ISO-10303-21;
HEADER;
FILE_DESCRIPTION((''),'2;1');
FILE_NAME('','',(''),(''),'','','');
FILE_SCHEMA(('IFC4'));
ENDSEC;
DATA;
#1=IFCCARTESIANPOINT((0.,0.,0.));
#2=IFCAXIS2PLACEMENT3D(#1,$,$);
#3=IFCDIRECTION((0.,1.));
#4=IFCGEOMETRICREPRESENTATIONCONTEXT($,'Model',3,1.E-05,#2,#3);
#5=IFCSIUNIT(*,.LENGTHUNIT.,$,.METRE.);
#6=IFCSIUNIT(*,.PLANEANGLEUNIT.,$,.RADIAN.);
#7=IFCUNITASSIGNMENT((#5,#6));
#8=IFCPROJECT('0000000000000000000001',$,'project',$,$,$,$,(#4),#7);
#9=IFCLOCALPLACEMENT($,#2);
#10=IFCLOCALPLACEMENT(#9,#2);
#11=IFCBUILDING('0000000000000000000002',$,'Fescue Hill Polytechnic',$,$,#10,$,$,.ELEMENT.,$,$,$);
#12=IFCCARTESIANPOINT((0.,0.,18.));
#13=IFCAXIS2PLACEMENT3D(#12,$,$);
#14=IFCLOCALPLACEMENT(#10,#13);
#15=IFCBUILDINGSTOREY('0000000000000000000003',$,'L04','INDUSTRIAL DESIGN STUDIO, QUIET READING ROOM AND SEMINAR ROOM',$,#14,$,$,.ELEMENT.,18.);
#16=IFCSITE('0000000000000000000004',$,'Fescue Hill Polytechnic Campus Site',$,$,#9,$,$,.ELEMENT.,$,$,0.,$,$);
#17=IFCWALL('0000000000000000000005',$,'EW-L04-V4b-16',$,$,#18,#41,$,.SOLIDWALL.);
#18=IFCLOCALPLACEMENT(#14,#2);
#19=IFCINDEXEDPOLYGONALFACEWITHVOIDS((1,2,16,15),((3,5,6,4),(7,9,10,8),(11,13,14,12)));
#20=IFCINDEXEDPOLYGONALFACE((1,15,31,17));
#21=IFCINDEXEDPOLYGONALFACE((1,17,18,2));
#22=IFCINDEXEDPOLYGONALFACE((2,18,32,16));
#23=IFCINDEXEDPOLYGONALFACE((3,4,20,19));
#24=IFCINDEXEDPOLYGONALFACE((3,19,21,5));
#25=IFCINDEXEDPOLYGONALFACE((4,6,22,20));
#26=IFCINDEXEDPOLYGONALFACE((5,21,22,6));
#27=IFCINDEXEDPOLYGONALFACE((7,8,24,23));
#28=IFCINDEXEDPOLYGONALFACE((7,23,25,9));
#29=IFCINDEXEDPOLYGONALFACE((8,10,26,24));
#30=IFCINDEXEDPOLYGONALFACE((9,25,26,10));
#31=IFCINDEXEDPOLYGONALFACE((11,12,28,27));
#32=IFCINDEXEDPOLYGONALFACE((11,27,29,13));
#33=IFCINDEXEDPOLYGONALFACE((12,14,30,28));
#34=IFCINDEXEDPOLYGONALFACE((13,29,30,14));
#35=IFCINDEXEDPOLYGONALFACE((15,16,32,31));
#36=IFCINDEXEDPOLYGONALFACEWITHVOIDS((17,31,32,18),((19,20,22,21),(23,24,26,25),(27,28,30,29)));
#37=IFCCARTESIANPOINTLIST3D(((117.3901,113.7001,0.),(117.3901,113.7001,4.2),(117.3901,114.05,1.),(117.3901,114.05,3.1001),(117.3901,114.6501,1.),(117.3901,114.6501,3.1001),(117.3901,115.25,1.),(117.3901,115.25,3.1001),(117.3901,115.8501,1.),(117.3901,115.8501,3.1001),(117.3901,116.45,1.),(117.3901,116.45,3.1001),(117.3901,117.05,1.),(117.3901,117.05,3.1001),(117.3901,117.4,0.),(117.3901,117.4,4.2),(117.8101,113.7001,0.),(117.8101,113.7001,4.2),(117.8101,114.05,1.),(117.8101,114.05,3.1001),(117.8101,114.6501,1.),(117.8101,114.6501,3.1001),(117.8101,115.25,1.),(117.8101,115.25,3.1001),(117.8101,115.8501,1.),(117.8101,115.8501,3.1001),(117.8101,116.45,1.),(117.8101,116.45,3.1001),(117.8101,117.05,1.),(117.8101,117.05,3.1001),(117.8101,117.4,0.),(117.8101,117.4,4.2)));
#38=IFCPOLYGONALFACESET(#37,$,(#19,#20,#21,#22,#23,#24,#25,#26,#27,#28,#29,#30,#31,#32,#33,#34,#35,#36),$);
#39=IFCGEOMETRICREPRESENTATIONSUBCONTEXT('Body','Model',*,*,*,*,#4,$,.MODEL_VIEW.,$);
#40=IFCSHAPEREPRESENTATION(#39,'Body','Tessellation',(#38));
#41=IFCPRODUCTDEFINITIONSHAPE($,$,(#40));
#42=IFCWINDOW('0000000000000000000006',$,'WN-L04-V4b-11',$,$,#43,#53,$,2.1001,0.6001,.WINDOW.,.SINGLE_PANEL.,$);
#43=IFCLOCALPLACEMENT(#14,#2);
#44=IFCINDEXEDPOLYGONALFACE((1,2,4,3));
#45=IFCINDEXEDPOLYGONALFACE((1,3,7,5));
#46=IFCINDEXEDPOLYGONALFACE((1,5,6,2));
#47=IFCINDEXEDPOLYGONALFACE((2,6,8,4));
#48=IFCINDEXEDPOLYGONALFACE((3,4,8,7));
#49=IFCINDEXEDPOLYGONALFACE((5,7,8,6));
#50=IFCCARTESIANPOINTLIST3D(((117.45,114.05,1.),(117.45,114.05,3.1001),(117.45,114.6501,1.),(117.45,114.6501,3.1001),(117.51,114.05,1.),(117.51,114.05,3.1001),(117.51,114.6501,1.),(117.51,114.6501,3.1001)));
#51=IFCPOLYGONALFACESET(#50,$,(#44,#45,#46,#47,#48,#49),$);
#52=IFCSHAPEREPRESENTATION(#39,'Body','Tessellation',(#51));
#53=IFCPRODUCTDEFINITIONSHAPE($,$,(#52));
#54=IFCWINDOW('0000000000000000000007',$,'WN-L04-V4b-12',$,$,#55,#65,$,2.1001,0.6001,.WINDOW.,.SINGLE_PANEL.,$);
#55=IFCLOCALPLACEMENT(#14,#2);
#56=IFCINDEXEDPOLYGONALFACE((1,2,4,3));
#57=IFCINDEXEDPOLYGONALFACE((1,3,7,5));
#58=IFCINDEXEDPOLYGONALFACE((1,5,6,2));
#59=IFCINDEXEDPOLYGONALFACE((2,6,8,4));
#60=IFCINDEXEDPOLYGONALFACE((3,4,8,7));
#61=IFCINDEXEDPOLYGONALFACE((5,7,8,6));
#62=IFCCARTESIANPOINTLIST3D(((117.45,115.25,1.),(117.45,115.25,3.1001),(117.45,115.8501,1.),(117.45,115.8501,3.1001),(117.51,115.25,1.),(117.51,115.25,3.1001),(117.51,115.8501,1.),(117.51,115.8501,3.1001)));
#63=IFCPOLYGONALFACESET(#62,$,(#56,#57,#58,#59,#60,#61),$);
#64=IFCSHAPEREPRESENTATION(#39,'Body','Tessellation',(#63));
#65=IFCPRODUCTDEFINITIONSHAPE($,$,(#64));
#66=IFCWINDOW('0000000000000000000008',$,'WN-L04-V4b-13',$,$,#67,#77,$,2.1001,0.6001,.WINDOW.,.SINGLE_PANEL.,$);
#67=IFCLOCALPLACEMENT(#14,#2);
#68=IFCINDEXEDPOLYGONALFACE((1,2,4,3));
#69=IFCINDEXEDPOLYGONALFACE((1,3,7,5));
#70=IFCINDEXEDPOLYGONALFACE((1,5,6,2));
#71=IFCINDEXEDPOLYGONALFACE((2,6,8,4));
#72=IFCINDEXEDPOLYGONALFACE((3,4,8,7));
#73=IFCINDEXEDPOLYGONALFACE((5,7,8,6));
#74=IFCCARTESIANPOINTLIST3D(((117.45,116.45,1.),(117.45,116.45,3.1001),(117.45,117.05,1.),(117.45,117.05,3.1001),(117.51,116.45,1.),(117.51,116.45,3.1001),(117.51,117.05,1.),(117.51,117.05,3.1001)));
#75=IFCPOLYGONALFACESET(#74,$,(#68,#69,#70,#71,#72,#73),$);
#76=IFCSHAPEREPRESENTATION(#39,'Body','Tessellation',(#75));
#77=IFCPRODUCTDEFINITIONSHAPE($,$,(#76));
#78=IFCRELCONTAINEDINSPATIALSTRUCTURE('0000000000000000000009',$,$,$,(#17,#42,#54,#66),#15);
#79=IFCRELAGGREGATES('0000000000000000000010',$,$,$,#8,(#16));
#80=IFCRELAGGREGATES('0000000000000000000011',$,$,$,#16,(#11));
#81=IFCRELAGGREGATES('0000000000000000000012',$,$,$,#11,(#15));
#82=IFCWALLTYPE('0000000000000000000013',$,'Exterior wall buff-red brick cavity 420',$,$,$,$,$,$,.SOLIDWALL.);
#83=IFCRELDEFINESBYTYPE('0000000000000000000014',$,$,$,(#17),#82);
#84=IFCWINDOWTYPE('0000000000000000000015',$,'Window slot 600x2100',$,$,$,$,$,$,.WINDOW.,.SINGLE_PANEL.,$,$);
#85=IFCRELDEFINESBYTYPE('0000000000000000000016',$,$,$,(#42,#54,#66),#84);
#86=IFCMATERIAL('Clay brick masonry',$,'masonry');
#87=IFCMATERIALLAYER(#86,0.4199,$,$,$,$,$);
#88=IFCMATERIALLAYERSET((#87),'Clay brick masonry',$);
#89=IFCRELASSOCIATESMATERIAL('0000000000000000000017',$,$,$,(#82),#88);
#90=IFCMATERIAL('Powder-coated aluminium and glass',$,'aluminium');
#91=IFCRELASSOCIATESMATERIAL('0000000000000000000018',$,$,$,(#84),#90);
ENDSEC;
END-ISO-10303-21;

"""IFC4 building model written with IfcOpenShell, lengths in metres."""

from ifc_helpers import new_model, si_unit, direction, frame, frame_2d, origin, place, context, subcontext, project, spatial, rectangle, extrude, material, layer, layer_set, type_object, element, fill, save


model = new_model("IFC4")

# Units and contexts
model_context = context("Model", 3, precision=1e-05, world=origin(), true_north=direction((0.0, 1.0)))
body_context = subcontext(model_context, "Body", "Model", "MODEL_VIEW")
ifc_project = project(units=[si_unit("LENGTHUNIT", "METRE"), si_unit("PLANEANGLEUNIT", "RADIAN")], contexts=[model_context])

# Site, building, storey
site_placement = place(None, origin())
site = spatial("IfcSite", under=ifc_project, at=site_placement, Name="Fescue Hill Polytechnic Campus Site", CompositionType="ELEMENT", RefElevation=0.0)
building_placement = place(site_placement, origin())
building = spatial("IfcBuilding", under=site, at=building_placement, Name="Fescue Hill Polytechnic", CompositionType="ELEMENT")
storey_placement = place(building_placement, frame((0.0, 0.0, 18.0)))
storey = spatial("IfcBuildingStorey", under=building, at=storey_placement, Name="L04", Description="INDUSTRIAL DESIGN STUDIO, QUIET READING ROOM AND SEMINAR ROOM", CompositionType="ELEMENT", Elevation=18.0)

# Shared definitions
ifc_material_1 = material(Name="Clay brick masonry", Category="masonry")

# Wall, openings, windows
ifc_layer_1 = layer(ifc_material_1, 0.4199)
ifc_layer_set_1 = layer_set([ifc_layer_1], Name="Clay brick masonry")
wall_type_1 = type_object("IfcWallType", Name="Exterior wall buff-red brick cavity 420", PredefinedType="SOLIDWALL", material=ifc_layer_set_1)
ifc_material_2 = material(Name="Powder-coated aluminium and glass", Category="aluminium")
window_type = type_object("IfcWindowType", Name="Window slot 600x2100", PartitioningType="SINGLE_PANEL", PredefinedType="WINDOW", material=ifc_material_2)
wall_1_placement = place(storey_placement, frame((117.6001, 113.7, 0.0), z_axis=(0.0, 0.0, 1.0), x_axis=(0.0, 1.0, 0.0)))
wall_1 = element("IfcWall", 1, at=wall_1_placement, inside=storey, type_object=wall_type_1, Name="EW-L04-V4b-16", PredefinedType="SOLIDWALL", context=body_context, shape_type="SweptSolid", body=[
    extrude(rectangle(XDim=3.7, YDim=0.4199, at=frame_2d((1.8501, 0.0))), origin(), (0.0, 0.0, 1.0), 4.2),
])
opening_1_placement = place(wall_1_placement, frame((0.3501, 0.0, 1.0)))
opening_1 = element("IfcOpeningElement", 2, at=opening_1_placement, cuts=wall_1, PredefinedType="OPENING", context=body_context, shape_type="SweptSolid", body=[
    extrude(rectangle(XDim=0.6001, YDim=2.1001, at=frame_2d((0.3, 1.05))), frame((0.0, 0.22, 0.0), z_axis=(0.0, -1.0, 0.0), x_axis=(1.0, 0.0, 0.0)), (0.0, 0.0, 1.0), 0.4399),
])
opening_2_placement = place(wall_1_placement, frame((1.55, 0.0, 1.0)))
opening_2 = element("IfcOpeningElement", 3, at=opening_2_placement, cuts=wall_1, PredefinedType="OPENING", context=body_context, shape_type="SweptSolid", body=[
    extrude(rectangle(XDim=0.6001, YDim=2.1001, at=frame_2d((0.3, 1.05))), frame((0.0, 0.22, 0.0), z_axis=(0.0, -1.0, 0.0), x_axis=(1.0, 0.0, 0.0)), (0.0, 0.0, 1.0), 0.4399),
])
opening_3_placement = place(wall_1_placement, frame((2.75, 0.0, 1.0)))
opening_3 = element("IfcOpeningElement", 4, at=opening_3_placement, cuts=wall_1, PredefinedType="OPENING", context=body_context, shape_type="SweptSolid", body=[
    extrude(rectangle(XDim=0.6001, YDim=2.1001, at=frame_2d((0.3, 1.05))), frame((0.0, 0.22, 0.0), z_axis=(0.0, -1.0, 0.0), x_axis=(1.0, 0.0, 0.0)), (0.0, 0.0, 1.0), 0.4399),
])
window_1_placement = place(opening_1_placement, origin())
window_1 = element("IfcWindow", 5, at=window_1_placement, inside=storey, type_object=window_type, Name="WN-L04-V4b-11", OverallHeight=2.1001, OverallWidth=0.6001, PartitioningType="SINGLE_PANEL", PredefinedType="WINDOW", context=body_context, shape_type="SweptSolid", body=[
    extrude(rectangle(XDim=0.6001, YDim=2.1001, at=frame_2d((0.3, 1.05))), frame((0.0, 0.1501, 0.0), z_axis=(0.0, -1.0, 0.0), x_axis=(1.0, 0.0, 0.0)), (0.0, 0.0, 1.0), 0.0601),
])
fill(opening_1, window_1)
window_2_placement = place(opening_2_placement, origin())
window_2 = element("IfcWindow", 6, at=window_2_placement, inside=storey, type_object=window_type, Name="WN-L04-V4b-12", OverallHeight=2.1001, OverallWidth=0.6001, PartitioningType="SINGLE_PANEL", PredefinedType="WINDOW", context=body_context, shape_type="SweptSolid", body=[
    extrude(rectangle(XDim=0.6001, YDim=2.1001, at=frame_2d((0.3, 1.05))), frame((0.0, 0.1501, 0.0), z_axis=(0.0, -1.0, 0.0), x_axis=(1.0, 0.0, 0.0)), (0.0, 0.0, 1.0), 0.0601),
])
fill(opening_2, window_2)
window_3_placement = place(opening_3_placement, origin())
window_3 = element("IfcWindow", 7, at=window_3_placement, inside=storey, type_object=window_type, Name="WN-L04-V4b-13", OverallHeight=2.1001, OverallWidth=0.6001, PartitioningType="SINGLE_PANEL", PredefinedType="WINDOW", context=body_context, shape_type="SweptSolid", body=[
    extrude(rectangle(XDim=0.6001, YDim=2.1001, at=frame_2d((0.3, 1.05))), frame((0.0, 0.1501, 0.0), z_axis=(0.0, -1.0, 0.0), x_axis=(1.0, 0.0, 0.0)), (0.0, 0.0, 1.0), 0.0601),
])
fill(opening_3, window_3)

save(model, "model.ifc")
